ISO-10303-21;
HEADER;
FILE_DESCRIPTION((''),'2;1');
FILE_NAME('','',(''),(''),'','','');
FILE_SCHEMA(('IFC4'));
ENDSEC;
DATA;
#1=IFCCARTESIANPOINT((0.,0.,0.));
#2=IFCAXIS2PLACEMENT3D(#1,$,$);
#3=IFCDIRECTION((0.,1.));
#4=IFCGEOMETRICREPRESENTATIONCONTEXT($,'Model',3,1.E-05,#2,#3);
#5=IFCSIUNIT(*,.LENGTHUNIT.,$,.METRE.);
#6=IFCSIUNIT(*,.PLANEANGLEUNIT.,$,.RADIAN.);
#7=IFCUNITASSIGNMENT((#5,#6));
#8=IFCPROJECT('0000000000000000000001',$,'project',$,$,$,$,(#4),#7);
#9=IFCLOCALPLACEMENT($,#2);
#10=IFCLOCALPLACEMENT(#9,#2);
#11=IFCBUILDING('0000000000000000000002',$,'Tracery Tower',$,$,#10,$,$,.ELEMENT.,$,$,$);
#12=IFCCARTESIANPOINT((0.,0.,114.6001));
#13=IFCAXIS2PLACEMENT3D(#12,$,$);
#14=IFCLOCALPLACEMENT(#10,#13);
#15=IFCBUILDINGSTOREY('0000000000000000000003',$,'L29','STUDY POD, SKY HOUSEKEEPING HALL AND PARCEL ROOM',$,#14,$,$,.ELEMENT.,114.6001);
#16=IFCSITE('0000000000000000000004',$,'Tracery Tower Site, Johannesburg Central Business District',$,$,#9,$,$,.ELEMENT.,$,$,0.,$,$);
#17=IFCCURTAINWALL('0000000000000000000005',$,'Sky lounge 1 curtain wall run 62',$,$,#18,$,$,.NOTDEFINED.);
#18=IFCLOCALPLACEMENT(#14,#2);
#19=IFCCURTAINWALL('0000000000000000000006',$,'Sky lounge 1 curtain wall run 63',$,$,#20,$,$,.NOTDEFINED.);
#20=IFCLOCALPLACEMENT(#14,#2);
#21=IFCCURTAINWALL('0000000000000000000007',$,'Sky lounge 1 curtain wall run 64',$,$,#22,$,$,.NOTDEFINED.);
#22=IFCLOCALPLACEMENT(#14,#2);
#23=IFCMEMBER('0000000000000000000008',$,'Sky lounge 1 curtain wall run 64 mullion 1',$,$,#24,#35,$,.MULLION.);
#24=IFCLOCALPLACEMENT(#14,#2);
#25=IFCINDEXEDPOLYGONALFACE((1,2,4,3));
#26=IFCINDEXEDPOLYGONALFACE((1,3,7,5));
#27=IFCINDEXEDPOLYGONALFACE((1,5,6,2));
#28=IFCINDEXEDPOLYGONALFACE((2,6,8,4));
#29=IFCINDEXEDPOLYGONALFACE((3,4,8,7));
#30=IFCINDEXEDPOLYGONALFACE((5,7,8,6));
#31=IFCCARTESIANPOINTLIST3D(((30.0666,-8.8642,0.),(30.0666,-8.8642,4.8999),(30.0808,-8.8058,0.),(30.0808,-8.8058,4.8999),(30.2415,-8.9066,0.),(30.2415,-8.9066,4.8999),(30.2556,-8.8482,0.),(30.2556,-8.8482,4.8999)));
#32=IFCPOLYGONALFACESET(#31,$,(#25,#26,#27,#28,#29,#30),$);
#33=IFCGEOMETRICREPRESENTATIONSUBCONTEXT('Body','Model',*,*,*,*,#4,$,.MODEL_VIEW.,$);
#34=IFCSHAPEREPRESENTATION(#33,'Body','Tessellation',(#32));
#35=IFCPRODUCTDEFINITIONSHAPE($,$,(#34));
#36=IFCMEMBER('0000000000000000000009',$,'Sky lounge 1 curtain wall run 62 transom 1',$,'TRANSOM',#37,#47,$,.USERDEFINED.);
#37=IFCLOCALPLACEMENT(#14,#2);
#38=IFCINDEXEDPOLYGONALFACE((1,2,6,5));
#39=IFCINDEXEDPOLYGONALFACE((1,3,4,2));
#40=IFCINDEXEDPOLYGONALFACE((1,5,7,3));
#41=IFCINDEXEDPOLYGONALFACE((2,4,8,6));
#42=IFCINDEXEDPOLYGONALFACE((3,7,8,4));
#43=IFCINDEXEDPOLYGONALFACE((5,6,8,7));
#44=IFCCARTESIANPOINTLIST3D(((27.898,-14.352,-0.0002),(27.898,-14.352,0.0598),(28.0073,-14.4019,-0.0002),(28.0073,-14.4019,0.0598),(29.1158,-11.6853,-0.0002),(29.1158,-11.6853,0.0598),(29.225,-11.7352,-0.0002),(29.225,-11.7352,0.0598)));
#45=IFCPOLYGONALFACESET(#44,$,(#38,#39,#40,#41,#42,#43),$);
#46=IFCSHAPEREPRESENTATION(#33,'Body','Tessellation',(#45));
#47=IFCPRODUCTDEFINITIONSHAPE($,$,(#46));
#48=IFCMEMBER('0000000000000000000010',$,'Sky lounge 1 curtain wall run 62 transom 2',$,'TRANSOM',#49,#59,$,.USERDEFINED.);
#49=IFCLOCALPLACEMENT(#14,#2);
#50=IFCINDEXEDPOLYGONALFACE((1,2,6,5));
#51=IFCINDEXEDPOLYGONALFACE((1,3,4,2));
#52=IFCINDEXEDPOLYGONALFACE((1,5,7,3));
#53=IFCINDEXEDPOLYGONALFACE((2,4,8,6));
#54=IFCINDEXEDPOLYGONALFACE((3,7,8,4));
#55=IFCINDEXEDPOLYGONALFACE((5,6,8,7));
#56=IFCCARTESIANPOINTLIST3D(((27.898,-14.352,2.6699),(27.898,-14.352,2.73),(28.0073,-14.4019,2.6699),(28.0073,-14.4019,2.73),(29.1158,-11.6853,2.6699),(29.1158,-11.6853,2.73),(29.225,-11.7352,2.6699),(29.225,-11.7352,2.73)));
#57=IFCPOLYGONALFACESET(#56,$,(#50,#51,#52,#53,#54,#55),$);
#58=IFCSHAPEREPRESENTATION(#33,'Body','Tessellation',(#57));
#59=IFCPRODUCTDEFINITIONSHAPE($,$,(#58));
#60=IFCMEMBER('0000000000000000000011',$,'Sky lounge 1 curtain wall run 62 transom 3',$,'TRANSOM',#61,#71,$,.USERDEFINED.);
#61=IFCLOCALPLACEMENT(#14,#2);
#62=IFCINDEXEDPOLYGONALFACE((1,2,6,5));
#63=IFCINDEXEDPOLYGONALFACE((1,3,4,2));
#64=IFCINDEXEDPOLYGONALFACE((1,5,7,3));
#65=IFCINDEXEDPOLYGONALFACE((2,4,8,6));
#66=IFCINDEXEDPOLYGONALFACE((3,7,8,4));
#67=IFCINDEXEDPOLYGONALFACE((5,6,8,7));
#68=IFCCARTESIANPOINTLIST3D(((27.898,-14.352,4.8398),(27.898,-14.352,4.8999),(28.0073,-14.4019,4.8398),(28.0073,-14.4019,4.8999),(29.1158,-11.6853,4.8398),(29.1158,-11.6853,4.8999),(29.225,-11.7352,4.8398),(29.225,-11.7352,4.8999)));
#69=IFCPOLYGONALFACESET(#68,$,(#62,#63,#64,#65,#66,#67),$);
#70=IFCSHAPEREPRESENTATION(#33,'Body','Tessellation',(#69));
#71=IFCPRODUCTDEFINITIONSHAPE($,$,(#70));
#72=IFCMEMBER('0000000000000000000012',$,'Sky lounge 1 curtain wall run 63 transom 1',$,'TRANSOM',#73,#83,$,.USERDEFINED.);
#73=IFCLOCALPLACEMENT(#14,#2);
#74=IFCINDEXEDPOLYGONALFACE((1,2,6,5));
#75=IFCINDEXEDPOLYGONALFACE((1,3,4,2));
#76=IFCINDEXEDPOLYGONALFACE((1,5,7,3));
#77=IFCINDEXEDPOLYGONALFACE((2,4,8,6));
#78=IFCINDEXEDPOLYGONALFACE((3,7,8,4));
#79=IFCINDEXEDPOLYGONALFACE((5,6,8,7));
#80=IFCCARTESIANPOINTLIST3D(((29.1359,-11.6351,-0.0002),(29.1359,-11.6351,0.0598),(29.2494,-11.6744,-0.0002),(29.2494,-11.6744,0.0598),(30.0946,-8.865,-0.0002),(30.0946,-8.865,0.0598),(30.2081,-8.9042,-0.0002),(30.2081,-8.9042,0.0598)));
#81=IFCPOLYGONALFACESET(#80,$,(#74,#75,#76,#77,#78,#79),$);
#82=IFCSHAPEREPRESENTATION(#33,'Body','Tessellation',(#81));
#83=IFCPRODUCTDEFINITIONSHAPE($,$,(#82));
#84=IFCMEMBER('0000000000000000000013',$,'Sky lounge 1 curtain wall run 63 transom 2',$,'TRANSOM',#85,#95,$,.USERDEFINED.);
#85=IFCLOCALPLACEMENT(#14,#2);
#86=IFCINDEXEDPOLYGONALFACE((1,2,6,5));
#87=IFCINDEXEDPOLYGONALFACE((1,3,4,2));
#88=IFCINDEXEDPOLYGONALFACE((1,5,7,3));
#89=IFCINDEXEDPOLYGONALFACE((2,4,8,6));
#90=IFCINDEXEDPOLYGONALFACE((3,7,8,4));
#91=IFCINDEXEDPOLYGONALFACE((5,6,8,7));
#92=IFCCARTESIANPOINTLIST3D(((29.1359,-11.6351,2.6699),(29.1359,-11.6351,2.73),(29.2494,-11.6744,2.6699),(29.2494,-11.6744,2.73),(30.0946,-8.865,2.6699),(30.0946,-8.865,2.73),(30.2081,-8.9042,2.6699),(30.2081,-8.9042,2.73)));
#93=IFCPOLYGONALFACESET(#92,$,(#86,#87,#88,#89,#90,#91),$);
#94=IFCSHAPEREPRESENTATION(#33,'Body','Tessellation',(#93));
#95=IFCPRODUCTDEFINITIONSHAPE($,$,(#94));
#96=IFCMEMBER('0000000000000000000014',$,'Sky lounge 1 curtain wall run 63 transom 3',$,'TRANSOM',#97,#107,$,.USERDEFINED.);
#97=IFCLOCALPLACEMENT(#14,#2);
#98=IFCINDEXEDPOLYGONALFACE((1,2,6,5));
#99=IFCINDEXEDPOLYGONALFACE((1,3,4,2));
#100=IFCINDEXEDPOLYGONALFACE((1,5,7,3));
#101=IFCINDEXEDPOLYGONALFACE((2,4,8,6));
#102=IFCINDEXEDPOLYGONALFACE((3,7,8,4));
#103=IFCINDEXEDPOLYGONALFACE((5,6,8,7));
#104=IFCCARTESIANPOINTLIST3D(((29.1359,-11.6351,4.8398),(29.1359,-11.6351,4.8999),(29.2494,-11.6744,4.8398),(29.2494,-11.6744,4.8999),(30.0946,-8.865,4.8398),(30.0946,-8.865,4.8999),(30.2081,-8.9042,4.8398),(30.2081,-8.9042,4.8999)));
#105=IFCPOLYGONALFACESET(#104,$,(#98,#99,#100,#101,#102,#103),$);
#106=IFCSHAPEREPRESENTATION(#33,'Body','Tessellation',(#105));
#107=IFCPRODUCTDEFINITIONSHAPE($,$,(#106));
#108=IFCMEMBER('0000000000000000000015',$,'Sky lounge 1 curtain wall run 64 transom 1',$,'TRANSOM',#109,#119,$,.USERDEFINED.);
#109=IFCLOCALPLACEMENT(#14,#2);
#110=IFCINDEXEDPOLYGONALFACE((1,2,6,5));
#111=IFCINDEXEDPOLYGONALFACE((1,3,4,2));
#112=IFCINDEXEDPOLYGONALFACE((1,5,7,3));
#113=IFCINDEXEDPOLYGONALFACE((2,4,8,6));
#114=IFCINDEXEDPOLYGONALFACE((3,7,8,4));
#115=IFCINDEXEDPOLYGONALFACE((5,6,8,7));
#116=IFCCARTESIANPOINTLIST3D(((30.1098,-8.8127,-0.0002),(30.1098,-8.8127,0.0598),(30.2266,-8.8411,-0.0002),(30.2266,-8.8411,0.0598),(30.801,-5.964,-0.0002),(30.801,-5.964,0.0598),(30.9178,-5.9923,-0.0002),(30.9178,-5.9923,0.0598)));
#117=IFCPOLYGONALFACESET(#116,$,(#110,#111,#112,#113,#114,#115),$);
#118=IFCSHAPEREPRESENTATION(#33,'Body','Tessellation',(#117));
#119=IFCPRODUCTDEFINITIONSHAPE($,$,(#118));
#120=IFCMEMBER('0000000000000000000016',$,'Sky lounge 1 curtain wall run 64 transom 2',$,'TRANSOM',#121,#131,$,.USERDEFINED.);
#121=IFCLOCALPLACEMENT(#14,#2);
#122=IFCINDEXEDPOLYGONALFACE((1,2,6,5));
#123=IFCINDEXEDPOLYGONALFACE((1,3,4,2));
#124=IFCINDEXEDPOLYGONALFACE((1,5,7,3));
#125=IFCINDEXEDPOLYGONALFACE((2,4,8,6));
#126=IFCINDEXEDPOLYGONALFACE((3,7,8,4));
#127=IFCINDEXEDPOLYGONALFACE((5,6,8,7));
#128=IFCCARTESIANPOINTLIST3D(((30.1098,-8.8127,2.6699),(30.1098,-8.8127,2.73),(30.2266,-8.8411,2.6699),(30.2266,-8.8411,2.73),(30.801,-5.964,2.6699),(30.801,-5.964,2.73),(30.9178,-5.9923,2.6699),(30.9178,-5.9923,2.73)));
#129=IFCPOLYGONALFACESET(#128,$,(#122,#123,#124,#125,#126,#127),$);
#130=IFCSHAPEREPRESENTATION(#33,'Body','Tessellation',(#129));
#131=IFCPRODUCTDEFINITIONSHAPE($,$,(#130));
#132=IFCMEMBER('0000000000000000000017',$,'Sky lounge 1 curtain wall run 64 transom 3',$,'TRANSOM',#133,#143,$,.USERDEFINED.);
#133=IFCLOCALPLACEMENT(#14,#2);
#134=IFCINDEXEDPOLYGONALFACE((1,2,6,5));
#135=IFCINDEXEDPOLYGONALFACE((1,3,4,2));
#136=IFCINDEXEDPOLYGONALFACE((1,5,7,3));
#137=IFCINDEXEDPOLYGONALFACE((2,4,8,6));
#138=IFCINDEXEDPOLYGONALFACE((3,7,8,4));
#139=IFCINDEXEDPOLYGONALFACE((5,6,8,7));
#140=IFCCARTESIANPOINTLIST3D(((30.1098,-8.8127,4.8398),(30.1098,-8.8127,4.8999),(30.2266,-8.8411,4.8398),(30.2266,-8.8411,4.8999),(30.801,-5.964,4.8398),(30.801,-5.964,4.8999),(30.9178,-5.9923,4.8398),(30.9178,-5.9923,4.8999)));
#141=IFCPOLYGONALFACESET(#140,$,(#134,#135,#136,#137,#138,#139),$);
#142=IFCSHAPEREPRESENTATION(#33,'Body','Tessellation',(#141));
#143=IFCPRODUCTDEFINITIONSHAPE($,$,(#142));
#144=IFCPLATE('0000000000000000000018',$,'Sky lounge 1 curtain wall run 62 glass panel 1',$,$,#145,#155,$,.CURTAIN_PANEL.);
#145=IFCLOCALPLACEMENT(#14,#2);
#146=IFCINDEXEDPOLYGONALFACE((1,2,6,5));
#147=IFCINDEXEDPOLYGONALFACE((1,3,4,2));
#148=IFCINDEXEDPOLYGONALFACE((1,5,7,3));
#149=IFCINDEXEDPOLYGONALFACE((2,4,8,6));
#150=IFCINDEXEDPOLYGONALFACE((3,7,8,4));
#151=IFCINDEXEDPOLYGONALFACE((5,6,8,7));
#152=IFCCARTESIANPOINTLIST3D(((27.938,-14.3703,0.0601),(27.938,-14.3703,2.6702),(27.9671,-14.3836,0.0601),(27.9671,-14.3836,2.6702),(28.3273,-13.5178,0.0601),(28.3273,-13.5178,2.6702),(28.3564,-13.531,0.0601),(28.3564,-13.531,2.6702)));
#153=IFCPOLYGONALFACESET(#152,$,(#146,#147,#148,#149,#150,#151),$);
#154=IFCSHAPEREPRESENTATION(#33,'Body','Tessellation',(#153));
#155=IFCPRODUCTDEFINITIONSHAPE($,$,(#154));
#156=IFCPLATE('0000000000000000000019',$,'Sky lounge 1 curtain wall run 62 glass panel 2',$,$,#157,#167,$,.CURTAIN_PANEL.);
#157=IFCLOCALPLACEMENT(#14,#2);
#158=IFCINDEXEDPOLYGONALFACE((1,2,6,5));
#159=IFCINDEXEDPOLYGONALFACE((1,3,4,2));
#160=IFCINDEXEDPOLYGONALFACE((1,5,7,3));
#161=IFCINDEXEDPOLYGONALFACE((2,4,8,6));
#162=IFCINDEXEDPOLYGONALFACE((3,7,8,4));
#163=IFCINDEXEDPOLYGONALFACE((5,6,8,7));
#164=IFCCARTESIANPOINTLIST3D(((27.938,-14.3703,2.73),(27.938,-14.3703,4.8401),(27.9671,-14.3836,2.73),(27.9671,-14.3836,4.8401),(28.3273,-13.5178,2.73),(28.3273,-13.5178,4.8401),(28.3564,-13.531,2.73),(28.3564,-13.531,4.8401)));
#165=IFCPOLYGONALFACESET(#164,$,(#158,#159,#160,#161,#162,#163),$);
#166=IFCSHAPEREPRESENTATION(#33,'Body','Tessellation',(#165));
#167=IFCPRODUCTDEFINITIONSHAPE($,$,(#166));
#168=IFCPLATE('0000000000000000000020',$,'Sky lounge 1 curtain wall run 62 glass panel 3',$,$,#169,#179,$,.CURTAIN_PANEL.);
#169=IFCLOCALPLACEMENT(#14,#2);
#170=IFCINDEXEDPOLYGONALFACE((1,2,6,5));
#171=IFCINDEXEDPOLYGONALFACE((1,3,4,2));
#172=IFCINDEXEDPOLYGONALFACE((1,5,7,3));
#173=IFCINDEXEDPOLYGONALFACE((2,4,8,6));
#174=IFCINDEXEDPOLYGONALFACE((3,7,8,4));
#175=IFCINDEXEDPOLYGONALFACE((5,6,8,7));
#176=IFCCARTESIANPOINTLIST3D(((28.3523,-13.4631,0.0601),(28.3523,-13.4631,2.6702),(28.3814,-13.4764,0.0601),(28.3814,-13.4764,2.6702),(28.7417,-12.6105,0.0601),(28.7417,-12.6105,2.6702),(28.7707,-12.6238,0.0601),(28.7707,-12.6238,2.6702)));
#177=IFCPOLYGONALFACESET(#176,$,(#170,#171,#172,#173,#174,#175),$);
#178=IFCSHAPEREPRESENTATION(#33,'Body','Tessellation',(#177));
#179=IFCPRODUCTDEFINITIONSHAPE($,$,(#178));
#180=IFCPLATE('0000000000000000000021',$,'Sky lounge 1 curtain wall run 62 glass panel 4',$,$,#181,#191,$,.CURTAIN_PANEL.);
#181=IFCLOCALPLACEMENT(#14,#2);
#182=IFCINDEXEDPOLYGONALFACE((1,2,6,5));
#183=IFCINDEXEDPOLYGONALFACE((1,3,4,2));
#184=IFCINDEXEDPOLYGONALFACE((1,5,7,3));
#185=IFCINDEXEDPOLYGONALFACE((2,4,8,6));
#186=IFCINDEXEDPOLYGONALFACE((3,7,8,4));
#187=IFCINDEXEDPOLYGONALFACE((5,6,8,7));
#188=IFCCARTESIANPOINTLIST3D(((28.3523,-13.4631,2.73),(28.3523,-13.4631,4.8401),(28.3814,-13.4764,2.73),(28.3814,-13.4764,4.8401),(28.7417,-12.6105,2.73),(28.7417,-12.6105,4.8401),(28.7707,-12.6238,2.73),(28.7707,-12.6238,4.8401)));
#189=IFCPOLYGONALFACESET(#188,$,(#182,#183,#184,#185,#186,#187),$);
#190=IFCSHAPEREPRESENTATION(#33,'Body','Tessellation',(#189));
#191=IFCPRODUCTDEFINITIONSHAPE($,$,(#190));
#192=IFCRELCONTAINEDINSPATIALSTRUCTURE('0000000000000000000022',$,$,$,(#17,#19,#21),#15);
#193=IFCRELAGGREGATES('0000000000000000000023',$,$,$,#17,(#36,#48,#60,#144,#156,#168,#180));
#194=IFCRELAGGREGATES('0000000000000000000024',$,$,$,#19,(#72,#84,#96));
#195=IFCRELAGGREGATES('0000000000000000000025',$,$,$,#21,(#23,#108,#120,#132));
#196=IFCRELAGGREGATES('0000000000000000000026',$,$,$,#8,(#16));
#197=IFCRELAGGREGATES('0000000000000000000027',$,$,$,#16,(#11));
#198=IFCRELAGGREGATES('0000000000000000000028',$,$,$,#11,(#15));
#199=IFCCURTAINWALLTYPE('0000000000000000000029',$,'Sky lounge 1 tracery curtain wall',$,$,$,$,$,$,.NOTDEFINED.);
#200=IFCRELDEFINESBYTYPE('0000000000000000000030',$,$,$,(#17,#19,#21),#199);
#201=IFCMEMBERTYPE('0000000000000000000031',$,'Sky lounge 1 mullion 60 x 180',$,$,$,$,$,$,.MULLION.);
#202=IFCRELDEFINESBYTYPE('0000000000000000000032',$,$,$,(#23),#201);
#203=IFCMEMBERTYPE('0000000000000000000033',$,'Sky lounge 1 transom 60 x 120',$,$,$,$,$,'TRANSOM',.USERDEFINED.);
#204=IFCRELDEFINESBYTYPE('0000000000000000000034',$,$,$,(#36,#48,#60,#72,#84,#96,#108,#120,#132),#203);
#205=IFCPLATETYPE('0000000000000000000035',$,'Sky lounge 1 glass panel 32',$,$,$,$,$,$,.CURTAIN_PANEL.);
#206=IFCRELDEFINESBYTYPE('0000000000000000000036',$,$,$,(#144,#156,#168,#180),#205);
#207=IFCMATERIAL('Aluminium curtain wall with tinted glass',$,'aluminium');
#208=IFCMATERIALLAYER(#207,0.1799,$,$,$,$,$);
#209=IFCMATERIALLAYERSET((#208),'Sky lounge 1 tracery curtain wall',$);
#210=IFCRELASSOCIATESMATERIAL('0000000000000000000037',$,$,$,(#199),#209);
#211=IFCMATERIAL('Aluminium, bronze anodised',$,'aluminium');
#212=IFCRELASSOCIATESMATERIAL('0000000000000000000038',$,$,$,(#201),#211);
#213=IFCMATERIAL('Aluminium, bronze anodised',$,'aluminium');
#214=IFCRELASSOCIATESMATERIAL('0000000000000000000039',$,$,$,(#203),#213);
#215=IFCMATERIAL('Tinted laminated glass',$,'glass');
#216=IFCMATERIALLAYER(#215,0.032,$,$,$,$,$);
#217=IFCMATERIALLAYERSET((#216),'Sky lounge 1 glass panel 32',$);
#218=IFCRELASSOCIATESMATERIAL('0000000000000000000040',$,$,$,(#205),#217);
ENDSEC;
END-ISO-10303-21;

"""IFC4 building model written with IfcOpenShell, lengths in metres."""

from ifc_helpers import new_model, si_unit, direction, frame, origin, origin_2d, place, context, subcontext, project, spatial, rectangle, extrude, material, layer, layer_set, material_profile, profile_set, type_object, element, aggregate, save


model = new_model("IFC4")

# Units and contexts
model_context = context("Model", 3, precision=1e-05, world=origin(), true_north=direction((0.0, 1.0)))
body_context = subcontext(model_context, "Body", "Model", "MODEL_VIEW")
ifc_project = project(units=[si_unit("LENGTHUNIT", "METRE"), si_unit("PLANEANGLEUNIT", "RADIAN")], contexts=[model_context])

# Site, building, storey
site_placement = place(None, origin())
site = spatial("IfcSite", under=ifc_project, at=site_placement, Name="Tracery Tower Site, Johannesburg Central Business District", CompositionType="ELEMENT", RefElevation=0.0)
building_placement = place(site_placement, origin())
building = spatial("IfcBuilding", under=site, at=building_placement, Name="Tracery Tower", CompositionType="ELEMENT")
storey_placement = place(building_placement, frame((0.0, 0.0, 114.6001)))
storey = spatial("IfcBuildingStorey", under=building, at=storey_placement, Name="L29", Description="STUDY POD, SKY HOUSEKEEPING HALL AND PARCEL ROOM", CompositionType="ELEMENT", Elevation=114.6001)

# Curtain walls
ifc_material_1 = material(Name="Aluminium curtain wall with tinted glass", Category="aluminium")
ifc_layer_1 = layer(ifc_material_1, 0.1799)
ifc_layer_set_1 = layer_set([ifc_layer_1], Name="Sky lounge 1 tracery curtain wall")
curtain_wall_type = type_object("IfcCurtainWallType", Name="Sky lounge 1 tracery curtain wall", PredefinedType="NOTDEFINED", material=ifc_layer_set_1)
curtain_wall_1_placement = place(storey_placement, origin())
curtain_wall_1 = element("IfcCurtainWall", 1, at=curtain_wall_1_placement, inside=storey, type_object=curtain_wall_type, Name="Sky lounge 1 curtain wall run 62", PredefinedType="NOTDEFINED")
ifc_material_2 = material(Name="Aluminium, bronze anodised", Category="aluminium")
ifc_material_profile_1 = material_profile(ifc_material_2, rectangle(XDim=0.1799, YDim=0.0601, at=origin_2d()), Name="AL 60x180")
ifc_profile_set_1 = profile_set([ifc_material_profile_1], Name="Aluminium, bronze anodised")
member_type_1 = type_object("IfcMemberType", Name="Sky lounge 1 mullion 60 x 180", PredefinedType="MULLION", material=ifc_profile_set_1)
curtain_wall_2_placement = place(storey_placement, origin())
curtain_wall_2 = element("IfcCurtainWall", 2, at=curtain_wall_2_placement, inside=storey, type_object=curtain_wall_type, Name="Sky lounge 1 curtain wall run 63", PredefinedType="NOTDEFINED")

# Curtain wall, member
curtain_wall_3_placement = place(storey_placement, origin())
curtain_wall_3 = element("IfcCurtainWall", 3, at=curtain_wall_3_placement, inside=storey, type_object=curtain_wall_type, Name="Sky lounge 1 curtain wall run 64", PredefinedType="NOTDEFINED")
member_1_placement = place(storey_placement, frame((30.1611, -8.8562, 0.0), z_axis=(0.0, 0.0, 1.0), x_axis=(-0.971812, 0.235759, 0.0)))
member_1 = element("IfcMember", 4, at=member_1_placement, type_object=member_type_1, Name="Sky lounge 1 curtain wall run 64 mullion 1", PredefinedType="MULLION", context=body_context, shape_type="SweptSolid", body=[
    extrude(rectangle(XDim=0.1799, YDim=0.0601, at=origin_2d()), origin(), (0.0, 0.0, 1.0), 4.8999),
])

# Members
ifc_material_3 = material(Name="Aluminium, bronze anodised", Category="aluminium")
ifc_material_profile_2 = material_profile(ifc_material_3, rectangle(XDim=0.1201, YDim=0.0601, at=origin_2d()), Name="AL 60x120")
ifc_profile_set_2 = profile_set([ifc_material_profile_2], Name="Aluminium, bronze anodised")
member_type_2 = type_object("IfcMemberType", Name="Sky lounge 1 transom 60 x 120", ElementType="TRANSOM", PredefinedType="USERDEFINED", material=ifc_profile_set_2)
member_2_placement = place(storey_placement, frame((27.9526, -14.377, 0.0298), z_axis=(0.41539, 0.909644, 0.0), x_axis=(-0.909644, 0.41539, 0.0)))
member_2 = element("IfcMember", 5, at=member_2_placement, type_object=member_type_2, Name="Sky lounge 1 curtain wall run 62 transom 1", ObjectType="TRANSOM", PredefinedType="USERDEFINED", context=body_context, shape_type="SweptSolid", body=[
    extrude(rectangle(XDim=0.1201, YDim=0.0601, at=origin_2d()), origin(), (0.0, 0.0, 1.0), 2.9316),
])
member_3_placement = place(storey_placement, frame((27.9526, -14.377, 2.7), z_axis=(0.41539, 0.909644, 0.0), x_axis=(-0.909644, 0.41539, 0.0)))
member_3 = element("IfcMember", 6, at=member_3_placement, type_object=member_type_2, Name="Sky lounge 1 curtain wall run 62 transom 2", ObjectType="TRANSOM", PredefinedType="USERDEFINED", context=body_context, shape_type="SweptSolid", body=[
    extrude(rectangle(XDim=0.1201, YDim=0.0601, at=origin_2d()), origin(), (0.0, 0.0, 1.0), 2.9316),
])
member_4_placement = place(storey_placement, frame((27.9526, -14.377, 4.8699), z_axis=(0.41539, 0.909644, 0.0), x_axis=(-0.909644, 0.41539, 0.0)))
member_4 = element("IfcMember", 7, at=member_4_placement, type_object=member_type_2, Name="Sky lounge 1 curtain wall run 62 transom 3", ObjectType="TRANSOM", PredefinedType="USERDEFINED", context=body_context, shape_type="SweptSolid", body=[
    extrude(rectangle(XDim=0.1201, YDim=0.0601, at=origin_2d()), origin(), (0.0, 0.0, 1.0), 2.9316),
])
member_5_placement = place(storey_placement, frame((29.1926, -11.6548, 0.0298), z_axis=(0.32705, 0.945007, 0.0), x_axis=(-0.945007, 0.32705, 0.0)))
member_5 = element("IfcMember", 8, at=member_5_placement, type_object=member_type_2, Name="Sky lounge 1 curtain wall run 63 transom 1", ObjectType="TRANSOM", PredefinedType="USERDEFINED", context=body_context, shape_type="SweptSolid", body=[
    extrude(rectangle(XDim=0.1201, YDim=0.0601, at=origin_2d()), origin(), (0.0, 0.0, 1.0), 2.9314),
])
member_6_placement = place(storey_placement, frame((29.1926, -11.6548, 2.7), z_axis=(0.32705, 0.945007, 0.0), x_axis=(-0.945007, 0.32705, 0.0)))
member_6 = element("IfcMember", 9, at=member_6_placement, type_object=member_type_2, Name="Sky lounge 1 curtain wall run 63 transom 2", ObjectType="TRANSOM", PredefinedType="USERDEFINED", context=body_context, shape_type="SweptSolid", body=[
    extrude(rectangle(XDim=0.1201, YDim=0.0601, at=origin_2d()), origin(), (0.0, 0.0, 1.0), 2.9314),
])
member_7_placement = place(storey_placement, frame((29.1926, -11.6548, 4.8699), z_axis=(0.32705, 0.945007, 0.0), x_axis=(-0.945007, 0.32705, 0.0)))
member_7 = element("IfcMember", 10, at=member_7_placement, type_object=member_type_2, Name="Sky lounge 1 curtain wall run 63 transom 3", ObjectType="TRANSOM", PredefinedType="USERDEFINED", context=body_context, shape_type="SweptSolid", body=[
    extrude(rectangle(XDim=0.1201, YDim=0.0601, at=origin_2d()), origin(), (0.0, 0.0, 1.0), 2.9314),
])
member_8_placement = place(storey_placement, frame((30.1682, -8.8269, 0.0298), z_axis=(0.235788, 0.971804, 0.0), x_axis=(-0.971804, 0.235788, 0.0)))
member_8 = element("IfcMember", 11, at=member_8_placement, type_object=member_type_2, Name="Sky lounge 1 curtain wall run 64 transom 1", ObjectType="TRANSOM", PredefinedType="USERDEFINED", context=body_context, shape_type="SweptSolid", body=[
    extrude(rectangle(XDim=0.1201, YDim=0.0601, at=origin_2d()), origin(), (0.0, 0.0, 1.0), 2.9314),
])
member_9_placement = place(storey_placement, frame((30.1682, -8.8269, 2.7), z_axis=(0.235788, 0.971804, 0.0), x_axis=(-0.971804, 0.235788, 0.0)))
member_9 = element("IfcMember", 12, at=member_9_placement, type_object=member_type_2, Name="Sky lounge 1 curtain wall run 64 transom 2", ObjectType="TRANSOM", PredefinedType="USERDEFINED", context=body_context, shape_type="SweptSolid", body=[
    extrude(rectangle(XDim=0.1201, YDim=0.0601, at=origin_2d()), origin(), (0.0, 0.0, 1.0), 2.9314),
])
member_10_placement = place(storey_placement, frame((30.1682, -8.8269, 4.8699), z_axis=(0.235788, 0.971804, 0.0), x_axis=(-0.971804, 0.235788, 0.0)))
member_10 = element("IfcMember", 13, at=member_10_placement, type_object=member_type_2, Name="Sky lounge 1 curtain wall run 64 transom 3", ObjectType="TRANSOM", PredefinedType="USERDEFINED", context=body_context, shape_type="SweptSolid", body=[
    extrude(rectangle(XDim=0.1201, YDim=0.0601, at=origin_2d()), origin(), (0.0, 0.0, 1.0), 2.9314),
])

# Plates
ifc_material_4 = material(Name="Tinted laminated glass", Category="glass")
ifc_layer_2 = layer(ifc_material_4, 0.032)
ifc_layer_set_2 = layer_set([ifc_layer_2], Name="Sky lounge 1 glass panel 32")
plate_type = type_object("IfcPlateType", Name="Sky lounge 1 glass panel 32", PredefinedType="CURTAIN_PANEL", material=ifc_layer_set_2)
plate_1_placement = place(storey_placement, frame((28.1472, -13.9507, 0.0601), z_axis=(0.0, 0.0, 1.0), x_axis=(0.415415, 0.909632, 0.0)))
plate_1 = element("IfcPlate", 14, at=plate_1_placement, type_object=plate_type, Name="Sky lounge 1 curtain wall run 62 glass panel 1", PredefinedType="CURTAIN_PANEL", context=body_context, shape_type="SweptSolid", body=[
    extrude(rectangle(XDim=0.9373, YDim=0.032, at=origin_2d()), origin(), (0.0, 0.0, 1.0), 2.6101),
])
plate_2_placement = place(storey_placement, frame((28.1472, -13.9507, 2.73), z_axis=(0.0, 0.0, 1.0), x_axis=(0.415415, 0.909632, 0.0)))
plate_2 = element("IfcPlate", 15, at=plate_2_placement, type_object=plate_type, Name="Sky lounge 1 curtain wall run 62 glass panel 2", PredefinedType="CURTAIN_PANEL", context=body_context, shape_type="SweptSolid", body=[
    extrude(rectangle(XDim=0.9373, YDim=0.032, at=origin_2d()), origin(), (0.0, 0.0, 1.0), 2.1101),
])
plate_3_placement = place(storey_placement, frame((28.5615, -13.0435, 0.0601), z_axis=(0.0, 0.0, 1.0), x_axis=(0.415415, 0.909632, 0.0)))
plate_3 = element("IfcPlate", 16, at=plate_3_placement, type_object=plate_type, Name="Sky lounge 1 curtain wall run 62 glass panel 3", PredefinedType="CURTAIN_PANEL", context=body_context, shape_type="SweptSolid", body=[
    extrude(rectangle(XDim=0.9373, YDim=0.032, at=origin_2d()), origin(), (0.0, 0.0, 1.0), 2.6101),
])
plate_4_placement = place(storey_placement, frame((28.5615, -13.0435, 2.73), z_axis=(0.0, 0.0, 1.0), x_axis=(0.415415, 0.909632, 0.0)))
plate_4 = element("IfcPlate", 17, at=plate_4_placement, type_object=plate_type, Name="Sky lounge 1 curtain wall run 62 glass panel 4", PredefinedType="CURTAIN_PANEL", context=body_context, shape_type="SweptSolid", body=[
    extrude(rectangle(XDim=0.9373, YDim=0.032, at=origin_2d()), origin(), (0.0, 0.0, 1.0), 2.1101),
])
aggregate(curtain_wall_1, [member_2, member_3, member_4, plate_1, plate_2, plate_3, plate_4])
aggregate(curtain_wall_2, [member_5, member_6, member_7])
aggregate(curtain_wall_3, [member_1, member_8, member_9, member_10])

save(model, "model.ifc")
